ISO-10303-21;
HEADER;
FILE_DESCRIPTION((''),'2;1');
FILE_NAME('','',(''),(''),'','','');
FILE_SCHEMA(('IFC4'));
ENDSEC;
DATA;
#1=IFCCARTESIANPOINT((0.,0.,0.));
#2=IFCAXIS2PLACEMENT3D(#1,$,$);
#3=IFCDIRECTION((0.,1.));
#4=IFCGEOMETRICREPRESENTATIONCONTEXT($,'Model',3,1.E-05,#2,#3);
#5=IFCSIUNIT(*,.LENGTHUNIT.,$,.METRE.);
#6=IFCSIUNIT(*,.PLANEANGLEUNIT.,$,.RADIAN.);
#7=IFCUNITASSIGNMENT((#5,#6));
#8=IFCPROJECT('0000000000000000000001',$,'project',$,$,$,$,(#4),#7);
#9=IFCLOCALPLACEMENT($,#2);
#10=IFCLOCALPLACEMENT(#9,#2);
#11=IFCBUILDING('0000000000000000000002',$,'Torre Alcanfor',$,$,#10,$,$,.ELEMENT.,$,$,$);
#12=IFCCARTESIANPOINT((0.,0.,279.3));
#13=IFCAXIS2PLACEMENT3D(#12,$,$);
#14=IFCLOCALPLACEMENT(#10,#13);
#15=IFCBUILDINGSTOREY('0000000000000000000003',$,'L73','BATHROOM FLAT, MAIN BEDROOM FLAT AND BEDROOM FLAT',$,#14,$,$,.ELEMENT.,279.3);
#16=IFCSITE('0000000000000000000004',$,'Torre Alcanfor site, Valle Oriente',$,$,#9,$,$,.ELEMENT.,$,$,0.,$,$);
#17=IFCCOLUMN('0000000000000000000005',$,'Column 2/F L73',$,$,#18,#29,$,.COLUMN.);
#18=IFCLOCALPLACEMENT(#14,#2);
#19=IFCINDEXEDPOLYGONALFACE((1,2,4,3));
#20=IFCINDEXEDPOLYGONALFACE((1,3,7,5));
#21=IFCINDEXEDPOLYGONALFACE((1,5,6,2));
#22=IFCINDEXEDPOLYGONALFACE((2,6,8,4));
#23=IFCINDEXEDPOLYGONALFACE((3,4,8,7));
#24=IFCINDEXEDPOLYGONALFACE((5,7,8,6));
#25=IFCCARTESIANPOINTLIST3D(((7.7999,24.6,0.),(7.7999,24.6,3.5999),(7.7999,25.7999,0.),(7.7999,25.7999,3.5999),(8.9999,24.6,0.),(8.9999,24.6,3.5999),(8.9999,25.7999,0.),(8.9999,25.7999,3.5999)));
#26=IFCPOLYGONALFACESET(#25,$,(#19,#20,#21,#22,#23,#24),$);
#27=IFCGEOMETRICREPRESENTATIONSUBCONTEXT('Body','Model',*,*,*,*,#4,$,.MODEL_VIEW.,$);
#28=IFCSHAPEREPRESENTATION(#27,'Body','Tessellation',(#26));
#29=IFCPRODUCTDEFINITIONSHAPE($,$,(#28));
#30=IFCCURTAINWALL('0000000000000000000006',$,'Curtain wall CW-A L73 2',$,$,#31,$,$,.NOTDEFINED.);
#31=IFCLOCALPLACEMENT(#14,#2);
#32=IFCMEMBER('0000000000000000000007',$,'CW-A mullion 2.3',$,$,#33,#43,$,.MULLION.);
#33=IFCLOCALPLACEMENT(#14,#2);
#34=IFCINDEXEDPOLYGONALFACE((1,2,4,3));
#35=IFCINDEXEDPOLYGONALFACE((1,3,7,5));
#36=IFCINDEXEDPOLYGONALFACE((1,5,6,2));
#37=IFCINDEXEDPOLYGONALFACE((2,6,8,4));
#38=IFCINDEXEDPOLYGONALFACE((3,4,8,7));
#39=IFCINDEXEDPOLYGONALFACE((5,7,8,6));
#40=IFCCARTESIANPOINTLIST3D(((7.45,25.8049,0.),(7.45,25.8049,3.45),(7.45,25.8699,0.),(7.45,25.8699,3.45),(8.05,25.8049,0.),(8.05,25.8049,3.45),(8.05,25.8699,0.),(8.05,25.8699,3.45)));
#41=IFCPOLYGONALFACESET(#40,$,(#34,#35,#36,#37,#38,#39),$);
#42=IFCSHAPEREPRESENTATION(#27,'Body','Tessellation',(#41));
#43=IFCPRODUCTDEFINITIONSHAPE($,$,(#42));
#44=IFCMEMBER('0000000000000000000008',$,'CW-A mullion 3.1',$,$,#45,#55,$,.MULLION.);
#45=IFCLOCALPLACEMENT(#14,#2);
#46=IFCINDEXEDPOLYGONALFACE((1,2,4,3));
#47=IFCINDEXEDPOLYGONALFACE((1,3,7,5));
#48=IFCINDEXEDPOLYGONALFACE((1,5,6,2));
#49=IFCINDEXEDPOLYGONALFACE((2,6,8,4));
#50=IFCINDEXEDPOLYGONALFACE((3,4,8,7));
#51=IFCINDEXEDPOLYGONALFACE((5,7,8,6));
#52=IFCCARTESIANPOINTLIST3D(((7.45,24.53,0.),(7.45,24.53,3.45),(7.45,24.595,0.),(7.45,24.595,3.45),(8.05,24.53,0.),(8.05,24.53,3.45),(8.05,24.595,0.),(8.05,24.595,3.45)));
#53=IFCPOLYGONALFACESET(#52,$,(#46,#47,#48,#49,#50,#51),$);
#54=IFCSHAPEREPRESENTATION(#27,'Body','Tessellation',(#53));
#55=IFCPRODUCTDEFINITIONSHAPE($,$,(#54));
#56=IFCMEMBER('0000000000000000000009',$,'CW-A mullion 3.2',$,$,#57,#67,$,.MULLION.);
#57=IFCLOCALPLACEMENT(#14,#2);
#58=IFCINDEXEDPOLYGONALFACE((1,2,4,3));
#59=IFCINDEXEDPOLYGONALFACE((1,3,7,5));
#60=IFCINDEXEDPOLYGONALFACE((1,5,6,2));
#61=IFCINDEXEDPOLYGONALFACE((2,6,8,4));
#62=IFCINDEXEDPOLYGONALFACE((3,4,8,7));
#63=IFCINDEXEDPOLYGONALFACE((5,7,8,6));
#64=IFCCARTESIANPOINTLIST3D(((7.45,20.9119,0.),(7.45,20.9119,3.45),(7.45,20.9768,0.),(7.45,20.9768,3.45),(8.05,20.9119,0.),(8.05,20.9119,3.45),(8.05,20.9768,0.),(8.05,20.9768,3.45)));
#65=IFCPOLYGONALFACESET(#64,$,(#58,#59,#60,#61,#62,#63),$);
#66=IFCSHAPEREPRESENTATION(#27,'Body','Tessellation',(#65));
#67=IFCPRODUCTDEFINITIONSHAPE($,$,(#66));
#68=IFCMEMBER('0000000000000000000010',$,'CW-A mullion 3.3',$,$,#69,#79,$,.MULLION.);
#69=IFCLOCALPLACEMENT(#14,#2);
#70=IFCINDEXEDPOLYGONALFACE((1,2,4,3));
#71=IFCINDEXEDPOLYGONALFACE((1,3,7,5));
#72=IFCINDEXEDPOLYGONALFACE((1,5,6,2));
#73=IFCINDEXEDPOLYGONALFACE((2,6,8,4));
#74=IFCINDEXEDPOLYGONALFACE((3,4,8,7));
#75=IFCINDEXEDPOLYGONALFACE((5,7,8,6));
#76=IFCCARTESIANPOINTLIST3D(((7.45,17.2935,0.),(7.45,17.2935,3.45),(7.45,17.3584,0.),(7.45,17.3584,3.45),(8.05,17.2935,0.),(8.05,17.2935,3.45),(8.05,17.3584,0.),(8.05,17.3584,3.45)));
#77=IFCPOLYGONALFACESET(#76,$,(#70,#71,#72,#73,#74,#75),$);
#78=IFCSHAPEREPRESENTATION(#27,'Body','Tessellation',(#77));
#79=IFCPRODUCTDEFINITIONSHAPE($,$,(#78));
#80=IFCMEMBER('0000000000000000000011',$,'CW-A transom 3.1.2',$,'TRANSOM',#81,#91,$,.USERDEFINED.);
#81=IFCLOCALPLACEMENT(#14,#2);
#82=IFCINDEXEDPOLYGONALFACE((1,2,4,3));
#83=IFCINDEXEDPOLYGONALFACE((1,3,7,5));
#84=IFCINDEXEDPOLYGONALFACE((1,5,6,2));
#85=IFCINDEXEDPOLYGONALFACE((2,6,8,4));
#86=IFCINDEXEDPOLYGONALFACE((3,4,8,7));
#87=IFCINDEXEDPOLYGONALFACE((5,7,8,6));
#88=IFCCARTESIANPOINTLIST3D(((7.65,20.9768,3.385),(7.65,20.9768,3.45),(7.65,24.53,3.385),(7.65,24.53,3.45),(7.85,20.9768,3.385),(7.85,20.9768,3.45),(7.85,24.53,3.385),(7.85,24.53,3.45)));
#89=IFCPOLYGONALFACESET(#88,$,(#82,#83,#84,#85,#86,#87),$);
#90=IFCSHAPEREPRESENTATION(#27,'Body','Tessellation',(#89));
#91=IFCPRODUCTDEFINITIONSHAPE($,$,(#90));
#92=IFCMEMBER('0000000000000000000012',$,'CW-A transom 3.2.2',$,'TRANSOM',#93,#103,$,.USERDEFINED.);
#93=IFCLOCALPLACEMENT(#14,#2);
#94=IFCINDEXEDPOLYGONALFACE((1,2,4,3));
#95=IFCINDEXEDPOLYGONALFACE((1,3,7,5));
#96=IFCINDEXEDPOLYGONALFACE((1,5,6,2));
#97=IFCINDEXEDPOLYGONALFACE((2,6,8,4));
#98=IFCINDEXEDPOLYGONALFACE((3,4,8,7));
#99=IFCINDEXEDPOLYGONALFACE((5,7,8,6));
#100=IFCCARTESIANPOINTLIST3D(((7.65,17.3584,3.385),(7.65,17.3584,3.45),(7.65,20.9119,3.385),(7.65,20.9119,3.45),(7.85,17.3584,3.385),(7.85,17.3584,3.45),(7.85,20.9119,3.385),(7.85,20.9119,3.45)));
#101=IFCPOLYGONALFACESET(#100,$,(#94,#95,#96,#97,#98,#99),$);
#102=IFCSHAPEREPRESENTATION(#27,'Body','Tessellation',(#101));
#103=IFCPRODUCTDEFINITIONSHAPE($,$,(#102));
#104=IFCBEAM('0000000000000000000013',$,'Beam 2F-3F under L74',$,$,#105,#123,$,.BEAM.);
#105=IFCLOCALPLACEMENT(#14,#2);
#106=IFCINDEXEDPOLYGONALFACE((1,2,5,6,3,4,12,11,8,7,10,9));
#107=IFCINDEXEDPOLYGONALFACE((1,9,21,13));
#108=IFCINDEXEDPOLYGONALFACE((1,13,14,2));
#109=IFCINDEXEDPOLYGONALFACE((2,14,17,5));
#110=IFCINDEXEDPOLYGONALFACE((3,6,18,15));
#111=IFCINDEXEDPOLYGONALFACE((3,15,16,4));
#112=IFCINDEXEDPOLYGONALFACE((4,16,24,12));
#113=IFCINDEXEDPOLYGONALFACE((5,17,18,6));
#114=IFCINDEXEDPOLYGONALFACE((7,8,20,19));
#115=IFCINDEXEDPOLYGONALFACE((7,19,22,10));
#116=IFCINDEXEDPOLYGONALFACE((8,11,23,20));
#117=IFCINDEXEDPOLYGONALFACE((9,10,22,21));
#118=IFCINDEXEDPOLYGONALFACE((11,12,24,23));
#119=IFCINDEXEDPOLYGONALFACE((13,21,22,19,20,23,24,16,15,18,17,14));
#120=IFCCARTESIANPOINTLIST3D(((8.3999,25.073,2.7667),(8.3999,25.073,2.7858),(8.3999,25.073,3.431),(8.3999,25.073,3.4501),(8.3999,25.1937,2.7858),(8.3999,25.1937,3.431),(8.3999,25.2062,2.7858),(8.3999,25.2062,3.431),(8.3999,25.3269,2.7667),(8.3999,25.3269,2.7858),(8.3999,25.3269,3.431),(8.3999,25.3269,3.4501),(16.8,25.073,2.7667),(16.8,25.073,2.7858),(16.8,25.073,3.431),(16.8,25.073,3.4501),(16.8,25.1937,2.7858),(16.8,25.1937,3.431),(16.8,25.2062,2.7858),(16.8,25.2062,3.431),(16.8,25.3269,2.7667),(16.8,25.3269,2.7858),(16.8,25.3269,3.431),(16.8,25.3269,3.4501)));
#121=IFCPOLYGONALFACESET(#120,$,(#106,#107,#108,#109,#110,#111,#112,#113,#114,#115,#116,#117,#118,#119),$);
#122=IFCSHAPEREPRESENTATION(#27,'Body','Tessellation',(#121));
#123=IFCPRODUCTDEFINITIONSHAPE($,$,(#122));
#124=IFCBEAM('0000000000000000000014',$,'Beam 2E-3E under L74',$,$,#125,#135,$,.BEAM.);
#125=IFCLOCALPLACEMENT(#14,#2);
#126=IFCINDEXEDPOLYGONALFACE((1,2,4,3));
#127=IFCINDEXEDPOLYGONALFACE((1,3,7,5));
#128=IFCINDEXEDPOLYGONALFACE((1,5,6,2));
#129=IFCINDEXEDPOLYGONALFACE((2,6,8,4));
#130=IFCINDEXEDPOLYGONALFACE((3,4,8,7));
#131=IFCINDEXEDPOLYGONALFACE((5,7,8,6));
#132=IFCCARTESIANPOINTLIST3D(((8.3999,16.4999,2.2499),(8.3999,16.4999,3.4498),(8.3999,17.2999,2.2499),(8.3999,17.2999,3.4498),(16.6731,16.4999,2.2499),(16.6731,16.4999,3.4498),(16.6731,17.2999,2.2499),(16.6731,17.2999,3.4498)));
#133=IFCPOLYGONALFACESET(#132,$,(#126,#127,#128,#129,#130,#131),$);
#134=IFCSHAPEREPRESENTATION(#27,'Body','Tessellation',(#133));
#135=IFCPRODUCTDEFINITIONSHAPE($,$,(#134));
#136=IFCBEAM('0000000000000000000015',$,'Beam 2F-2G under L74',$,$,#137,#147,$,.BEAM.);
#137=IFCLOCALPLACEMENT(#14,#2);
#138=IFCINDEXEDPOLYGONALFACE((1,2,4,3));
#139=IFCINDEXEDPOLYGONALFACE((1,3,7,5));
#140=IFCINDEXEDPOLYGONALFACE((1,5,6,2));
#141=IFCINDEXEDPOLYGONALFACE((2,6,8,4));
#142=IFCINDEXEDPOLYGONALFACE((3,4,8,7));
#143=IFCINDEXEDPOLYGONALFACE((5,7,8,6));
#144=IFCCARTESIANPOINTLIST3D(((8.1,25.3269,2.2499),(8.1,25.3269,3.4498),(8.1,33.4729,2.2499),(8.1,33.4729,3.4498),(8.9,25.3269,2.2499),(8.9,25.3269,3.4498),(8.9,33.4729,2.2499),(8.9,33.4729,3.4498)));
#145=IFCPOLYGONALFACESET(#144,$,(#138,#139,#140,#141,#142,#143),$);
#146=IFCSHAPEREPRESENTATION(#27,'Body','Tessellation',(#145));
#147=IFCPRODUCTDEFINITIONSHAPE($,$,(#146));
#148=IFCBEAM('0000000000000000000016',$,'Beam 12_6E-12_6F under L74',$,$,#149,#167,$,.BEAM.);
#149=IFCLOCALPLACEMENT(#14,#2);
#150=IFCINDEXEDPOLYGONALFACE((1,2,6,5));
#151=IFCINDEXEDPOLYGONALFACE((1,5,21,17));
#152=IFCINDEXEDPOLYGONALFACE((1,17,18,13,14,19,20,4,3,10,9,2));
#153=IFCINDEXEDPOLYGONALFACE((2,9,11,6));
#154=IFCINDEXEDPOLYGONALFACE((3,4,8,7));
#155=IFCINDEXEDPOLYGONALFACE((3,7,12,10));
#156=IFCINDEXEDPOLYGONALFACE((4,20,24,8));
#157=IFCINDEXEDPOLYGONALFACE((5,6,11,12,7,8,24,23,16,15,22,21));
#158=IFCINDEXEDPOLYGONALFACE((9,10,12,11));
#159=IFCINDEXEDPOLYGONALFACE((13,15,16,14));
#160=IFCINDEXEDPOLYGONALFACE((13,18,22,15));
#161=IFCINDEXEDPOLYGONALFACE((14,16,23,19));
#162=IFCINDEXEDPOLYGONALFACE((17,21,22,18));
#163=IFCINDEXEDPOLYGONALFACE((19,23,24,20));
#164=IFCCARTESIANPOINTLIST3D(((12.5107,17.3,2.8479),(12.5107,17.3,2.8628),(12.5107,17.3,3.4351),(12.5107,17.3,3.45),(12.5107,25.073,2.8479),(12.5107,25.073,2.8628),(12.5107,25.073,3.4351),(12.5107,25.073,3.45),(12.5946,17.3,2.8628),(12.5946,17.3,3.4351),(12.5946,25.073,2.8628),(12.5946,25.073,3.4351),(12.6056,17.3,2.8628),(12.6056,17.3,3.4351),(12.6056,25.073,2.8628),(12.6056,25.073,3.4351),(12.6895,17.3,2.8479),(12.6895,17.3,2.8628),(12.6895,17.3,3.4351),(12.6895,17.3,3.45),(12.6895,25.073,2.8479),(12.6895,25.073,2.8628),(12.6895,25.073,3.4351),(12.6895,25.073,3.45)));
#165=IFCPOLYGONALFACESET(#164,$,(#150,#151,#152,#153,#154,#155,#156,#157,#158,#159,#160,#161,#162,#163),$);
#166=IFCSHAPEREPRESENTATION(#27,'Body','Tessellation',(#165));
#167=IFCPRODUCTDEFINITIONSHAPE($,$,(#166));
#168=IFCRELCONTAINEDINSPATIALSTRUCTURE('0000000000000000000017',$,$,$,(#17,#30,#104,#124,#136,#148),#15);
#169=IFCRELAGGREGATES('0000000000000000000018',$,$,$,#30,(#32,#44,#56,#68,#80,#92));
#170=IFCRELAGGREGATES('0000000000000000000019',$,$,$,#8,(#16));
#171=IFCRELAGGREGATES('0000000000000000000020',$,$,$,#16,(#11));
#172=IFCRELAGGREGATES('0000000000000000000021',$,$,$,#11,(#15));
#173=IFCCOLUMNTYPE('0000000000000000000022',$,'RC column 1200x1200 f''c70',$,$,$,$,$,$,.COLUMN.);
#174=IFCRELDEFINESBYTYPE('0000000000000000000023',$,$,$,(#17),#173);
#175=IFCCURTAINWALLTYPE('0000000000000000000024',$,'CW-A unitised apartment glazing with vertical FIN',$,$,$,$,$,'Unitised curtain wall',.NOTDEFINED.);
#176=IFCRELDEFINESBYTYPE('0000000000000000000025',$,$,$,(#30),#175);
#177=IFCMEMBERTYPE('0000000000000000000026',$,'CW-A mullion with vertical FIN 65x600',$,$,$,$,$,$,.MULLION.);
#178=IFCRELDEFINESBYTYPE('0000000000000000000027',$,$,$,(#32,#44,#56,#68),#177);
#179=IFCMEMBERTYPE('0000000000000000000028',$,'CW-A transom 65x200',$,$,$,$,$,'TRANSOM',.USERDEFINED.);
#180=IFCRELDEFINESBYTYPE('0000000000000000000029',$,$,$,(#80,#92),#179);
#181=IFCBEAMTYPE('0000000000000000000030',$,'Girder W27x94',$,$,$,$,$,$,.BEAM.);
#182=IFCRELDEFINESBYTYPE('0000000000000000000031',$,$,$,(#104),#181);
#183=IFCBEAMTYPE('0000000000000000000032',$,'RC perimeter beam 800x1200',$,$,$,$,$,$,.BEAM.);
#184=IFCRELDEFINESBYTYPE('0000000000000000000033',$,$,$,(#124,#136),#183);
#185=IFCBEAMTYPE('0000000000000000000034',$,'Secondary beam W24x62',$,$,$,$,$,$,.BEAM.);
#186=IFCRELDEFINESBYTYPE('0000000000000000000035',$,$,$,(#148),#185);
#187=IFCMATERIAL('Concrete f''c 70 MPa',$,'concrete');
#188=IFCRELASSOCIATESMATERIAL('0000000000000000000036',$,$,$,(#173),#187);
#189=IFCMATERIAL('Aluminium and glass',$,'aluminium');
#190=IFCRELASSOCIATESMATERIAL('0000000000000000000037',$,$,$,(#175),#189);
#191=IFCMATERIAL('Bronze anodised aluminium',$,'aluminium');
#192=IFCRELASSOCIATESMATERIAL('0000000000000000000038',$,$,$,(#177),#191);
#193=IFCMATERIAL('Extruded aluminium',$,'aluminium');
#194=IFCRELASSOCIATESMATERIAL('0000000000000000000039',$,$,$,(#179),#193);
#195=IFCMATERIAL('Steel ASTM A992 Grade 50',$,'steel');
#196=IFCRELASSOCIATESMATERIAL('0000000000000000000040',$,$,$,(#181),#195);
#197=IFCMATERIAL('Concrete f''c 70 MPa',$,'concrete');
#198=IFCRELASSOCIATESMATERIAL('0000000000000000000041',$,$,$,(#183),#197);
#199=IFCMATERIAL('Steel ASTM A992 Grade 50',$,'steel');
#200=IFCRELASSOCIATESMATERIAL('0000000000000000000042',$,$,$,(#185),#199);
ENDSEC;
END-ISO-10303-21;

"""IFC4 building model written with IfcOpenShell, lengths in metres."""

from ifc_helpers import new_model, si_unit, direction, frame, origin, origin_2d, place, context, subcontext, project, spatial, rectangle, i_section, extrude, material, material_profile, profile_set, type_object, element, aggregate, save


model = new_model("IFC4")

# Units and contexts
model_context = context("Model", 3, precision=1e-05, world=origin(), true_north=direction((0.0, 1.0)))
body_context = subcontext(model_context, "Body", "Model", "MODEL_VIEW")
ifc_project = project(units=[si_unit("LENGTHUNIT", "METRE"), si_unit("PLANEANGLEUNIT", "RADIAN")], contexts=[model_context])

# Site, building, storey
site_placement = place(None, origin())
site = spatial("IfcSite", under=ifc_project, at=site_placement, Name="Torre Alcanfor site, Valle Oriente", CompositionType="ELEMENT", RefElevation=0.0)
building_placement = place(site_placement, origin())
building = spatial("IfcBuilding", under=site, at=building_placement, Name="Torre Alcanfor", CompositionType="ELEMENT")
storey_placement = place(building_placement, frame((0.0, 0.0, 279.3)))
storey = spatial("IfcBuildingStorey", under=building, at=storey_placement, Name="L73", Description="BATHROOM FLAT, MAIN BEDROOM FLAT AND BEDROOM FLAT", CompositionType="ELEMENT", Elevation=279.3)

# Column
ifc_material_1 = material(Name="Concrete f'c 70 MPa", Category="concrete")
ifc_material_profile_1 = material_profile(ifc_material_1, rectangle(XDim=1.2, YDim=1.2, at=origin_2d()), Name="1200x1200")
ifc_profile_set_1 = profile_set([ifc_material_profile_1], Name="Concrete f'c 70 MPa")
column_type = type_object("IfcColumnType", Name="RC column 1200x1200 f'c70", PredefinedType="COLUMN", material=ifc_profile_set_1)
column_placement = place(storey_placement, frame((8.3999, 25.2, 0.0), z_axis=(0.0, 0.0, 1.0), x_axis=(1.0, 0.0, 0.0)))
element("IfcColumn", 1, at=column_placement, inside=storey, type_object=column_type, Name="Column 2/F L73", PredefinedType="COLUMN", context=body_context, shape_type="SweptSolid", body=[
    extrude(rectangle(XDim=1.2, YDim=1.2, at=origin_2d()), origin(), (0.0, 0.0, 1.0), 3.5999),
])

# Curtain wall, members
ifc_material_2 = material(Name="Aluminium and glass", Category="aluminium")
curtain_wall_type = type_object("IfcCurtainWallType", Name="CW-A unitised apartment glazing with vertical FIN", ElementType="Unitised curtain wall", PredefinedType="NOTDEFINED", material=ifc_material_2)
curtain_wall_placement = place(storey_placement, origin())
curtain_wall = element("IfcCurtainWall", 2, at=curtain_wall_placement, inside=storey, type_object=curtain_wall_type, Name="Curtain wall CW-A L73 2", PredefinedType="NOTDEFINED")
ifc_material_3 = material(Name="Bronze anodised aluminium", Category="aluminium")
ifc_material_profile_2 = material_profile(ifc_material_3, rectangle(XDim=0.6001, YDim=0.0649, at=origin_2d()), Name="CW-A mullion 65x600")
ifc_profile_set_2 = profile_set([ifc_material_profile_2], Name="Bronze anodised aluminium")
member_type_1 = type_object("IfcMemberType", Name="CW-A mullion with vertical FIN 65x600", PredefinedType="MULLION", material=ifc_profile_set_2)
member_1_placement = place(storey_placement, frame((7.75, 25.8374, 0.0), z_axis=(0.0, 0.0, 1.0), x_axis=(1.0, 0.0, 0.0)))
member_1 = element("IfcMember", 3, at=member_1_placement, type_object=member_type_1, Name="CW-A mullion 2.3", PredefinedType="MULLION", context=body_context, shape_type="SweptSolid", body=[
    extrude(rectangle(XDim=0.6001, YDim=0.0649, at=origin_2d()), origin(), (0.0, 0.0, 1.0), 3.45),
])
member_2_placement = place(storey_placement, frame((7.75, 24.5625, 0.0), z_axis=(0.0, 0.0, 1.0), x_axis=(1.0, 0.0, 0.0)))
member_2 = element("IfcMember", 4, at=member_2_placement, type_object=member_type_1, Name="CW-A mullion 3.1", PredefinedType="MULLION", context=body_context, shape_type="SweptSolid", body=[
    extrude(rectangle(XDim=0.6001, YDim=0.0649, at=origin_2d()), origin(), (0.0, 0.0, 1.0), 3.45),
])
member_3_placement = place(storey_placement, frame((7.75, 20.9443, 0.0), z_axis=(0.0, 0.0, 1.0), x_axis=(1.0, 0.0, 0.0)))
member_3 = element("IfcMember", 5, at=member_3_placement, type_object=member_type_1, Name="CW-A mullion 3.2", PredefinedType="MULLION", context=body_context, shape_type="SweptSolid", body=[
    extrude(rectangle(XDim=0.6001, YDim=0.0649, at=origin_2d()), origin(), (0.0, 0.0, 1.0), 3.45),
])
member_4_placement = place(storey_placement, frame((7.75, 17.3259, 0.0), z_axis=(0.0, 0.0, 1.0), x_axis=(1.0, 0.0, 0.0)))
member_4 = element("IfcMember", 6, at=member_4_placement, type_object=member_type_1, Name="CW-A mullion 3.3", PredefinedType="MULLION", context=body_context, shape_type="SweptSolid", body=[
    extrude(rectangle(XDim=0.6001, YDim=0.0649, at=origin_2d()), origin(), (0.0, 0.0, 1.0), 3.45),
])
ifc_material_4 = material(Name="Extruded aluminium", Category="aluminium")
ifc_material_profile_3 = material_profile(ifc_material_4, rectangle(XDim=0.2, YDim=0.0649, at=origin_2d()), Name="CW-A transom 200x65")
ifc_profile_set_3 = profile_set([ifc_material_profile_3], Name="Extruded aluminium")
member_type_2 = type_object("IfcMemberType", Name="CW-A transom 65x200", ElementType="TRANSOM", PredefinedType="USERDEFINED", material=ifc_profile_set_3)
member_5_placement = place(storey_placement, frame((7.75, 24.53, 3.4175), z_axis=(0.0, -1.0, 0.0), x_axis=(1.0, 0.0, 0.0)))
member_5 = element("IfcMember", 7, at=member_5_placement, type_object=member_type_2, Name="CW-A transom 3.1.2", ObjectType="TRANSOM", PredefinedType="USERDEFINED", context=body_context, shape_type="SweptSolid", body=[
    extrude(rectangle(XDim=0.2, YDim=0.0649, at=origin_2d()), origin(), (0.0, 0.0, 1.0), 3.5532),
])
member_6_placement = place(storey_placement, frame((7.75, 20.9119, 3.4175), z_axis=(0.0, -1.0, 0.0), x_axis=(1.0, 0.0, 0.0)))
member_6 = element("IfcMember", 8, at=member_6_placement, type_object=member_type_2, Name="CW-A transom 3.2.2", ObjectType="TRANSOM", PredefinedType="USERDEFINED", context=body_context, shape_type="SweptSolid", body=[
    extrude(rectangle(XDim=0.2, YDim=0.0649, at=origin_2d()), origin(), (0.0, 0.0, 1.0), 3.5535),
])

# Beams
ifc_material_5 = material(Name="Steel ASTM A992 Grade 50", Category="steel")
ifc_material_profile_4 = material_profile(ifc_material_5, i_section(OverallWidth=0.2539, OverallDepth=0.6833, WebThickness=0.0125, FlangeThickness=0.019, at=origin_2d()), Name="W27x94")
ifc_profile_set_4 = profile_set([ifc_material_profile_4], Name="Steel ASTM A992 Grade 50")
beam_type_1 = type_object("IfcBeamType", Name="Girder W27x94", PredefinedType="BEAM", material=ifc_profile_set_4)
beam_1_placement = place(storey_placement, frame((8.3999, 25.2, 3.1084), z_axis=(1.0, 0.0, 0.0), x_axis=(0.0, 1.0, 0.0)))
element("IfcBeam", 9, at=beam_1_placement, inside=storey, type_object=beam_type_1, Name="Beam 2F-3F under L74", PredefinedType="BEAM", context=body_context, shape_type="SweptSolid", body=[
    extrude(i_section(OverallWidth=0.2539, OverallDepth=0.6833, WebThickness=0.0125, FlangeThickness=0.019, at=origin_2d()), origin(), (0.0, 0.0, 1.0), 8.4001),
])
ifc_material_6 = material(Name="Concrete f'c 70 MPa", Category="concrete")
ifc_material_profile_5 = material_profile(ifc_material_6, rectangle(XDim=0.8, YDim=1.2, at=origin_2d()), Name="800x1200")
ifc_profile_set_5 = profile_set([ifc_material_profile_5], Name="Concrete f'c 70 MPa")
beam_type_2 = type_object("IfcBeamType", Name="RC perimeter beam 800x1200", PredefinedType="BEAM", material=ifc_profile_set_5)
beam_2_placement = place(storey_placement, frame((8.3999, 16.8999, 2.8499), z_axis=(1.0, 0.0, 0.0), x_axis=(0.0, 1.0, 0.0)))
element("IfcBeam", 10, at=beam_2_placement, inside=storey, type_object=beam_type_2, Name="Beam 2E-3E under L74", PredefinedType="BEAM", context=body_context, shape_type="SweptSolid", body=[
    extrude(rectangle(XDim=0.8, YDim=1.2, at=origin_2d()), origin(), (0.0, 0.0, 1.0), 8.2732),
])
beam_3_placement = place(storey_placement, frame((8.5, 25.3269, 2.8499), z_axis=(0.0, 1.0, 0.0), x_axis=(-1.0, 0.0, 0.0)))
element("IfcBeam", 11, at=beam_3_placement, inside=storey, type_object=beam_type_2, Name="Beam 2F-2G under L74", PredefinedType="BEAM", context=body_context, shape_type="SweptSolid", body=[
    extrude(rectangle(XDim=0.8, YDim=1.2, at=origin_2d()), origin(), (0.0, 0.0, 1.0), 8.146),
])
ifc_material_7 = material(Name="Steel ASTM A992 Grade 50", Category="steel")
ifc_material_profile_6 = material_profile(ifc_material_7, i_section(OverallWidth=0.1787, OverallDepth=0.6021, WebThickness=0.011, FlangeThickness=0.0149, at=origin_2d()), Name="W24x62")
ifc_profile_set_6 = profile_set([ifc_material_profile_6], Name="Steel ASTM A992 Grade 50")
beam_type_3 = type_object("IfcBeamType", Name="Secondary beam W24x62", PredefinedType="BEAM", material=ifc_profile_set_6)
beam_4_placement = place(storey_placement, frame((12.6001, 17.3, 3.1489), z_axis=(0.0, 1.0, 0.0), x_axis=(-1.0, 0.0, 0.0)))
element("IfcBeam", 12, at=beam_4_placement, inside=storey, type_object=beam_type_3, Name="Beam 12_6E-12_6F under L74", PredefinedType="BEAM", context=body_context, shape_type="SweptSolid", body=[
    extrude(i_section(OverallWidth=0.1787, OverallDepth=0.6021, WebThickness=0.011, FlangeThickness=0.0149, at=origin_2d()), origin(), (0.0, 0.0, 1.0), 7.7729),
])

aggregate(curtain_wall, [member_1, member_2, member_3, member_4, member_5, member_6])

save(model, "model.ifc")
